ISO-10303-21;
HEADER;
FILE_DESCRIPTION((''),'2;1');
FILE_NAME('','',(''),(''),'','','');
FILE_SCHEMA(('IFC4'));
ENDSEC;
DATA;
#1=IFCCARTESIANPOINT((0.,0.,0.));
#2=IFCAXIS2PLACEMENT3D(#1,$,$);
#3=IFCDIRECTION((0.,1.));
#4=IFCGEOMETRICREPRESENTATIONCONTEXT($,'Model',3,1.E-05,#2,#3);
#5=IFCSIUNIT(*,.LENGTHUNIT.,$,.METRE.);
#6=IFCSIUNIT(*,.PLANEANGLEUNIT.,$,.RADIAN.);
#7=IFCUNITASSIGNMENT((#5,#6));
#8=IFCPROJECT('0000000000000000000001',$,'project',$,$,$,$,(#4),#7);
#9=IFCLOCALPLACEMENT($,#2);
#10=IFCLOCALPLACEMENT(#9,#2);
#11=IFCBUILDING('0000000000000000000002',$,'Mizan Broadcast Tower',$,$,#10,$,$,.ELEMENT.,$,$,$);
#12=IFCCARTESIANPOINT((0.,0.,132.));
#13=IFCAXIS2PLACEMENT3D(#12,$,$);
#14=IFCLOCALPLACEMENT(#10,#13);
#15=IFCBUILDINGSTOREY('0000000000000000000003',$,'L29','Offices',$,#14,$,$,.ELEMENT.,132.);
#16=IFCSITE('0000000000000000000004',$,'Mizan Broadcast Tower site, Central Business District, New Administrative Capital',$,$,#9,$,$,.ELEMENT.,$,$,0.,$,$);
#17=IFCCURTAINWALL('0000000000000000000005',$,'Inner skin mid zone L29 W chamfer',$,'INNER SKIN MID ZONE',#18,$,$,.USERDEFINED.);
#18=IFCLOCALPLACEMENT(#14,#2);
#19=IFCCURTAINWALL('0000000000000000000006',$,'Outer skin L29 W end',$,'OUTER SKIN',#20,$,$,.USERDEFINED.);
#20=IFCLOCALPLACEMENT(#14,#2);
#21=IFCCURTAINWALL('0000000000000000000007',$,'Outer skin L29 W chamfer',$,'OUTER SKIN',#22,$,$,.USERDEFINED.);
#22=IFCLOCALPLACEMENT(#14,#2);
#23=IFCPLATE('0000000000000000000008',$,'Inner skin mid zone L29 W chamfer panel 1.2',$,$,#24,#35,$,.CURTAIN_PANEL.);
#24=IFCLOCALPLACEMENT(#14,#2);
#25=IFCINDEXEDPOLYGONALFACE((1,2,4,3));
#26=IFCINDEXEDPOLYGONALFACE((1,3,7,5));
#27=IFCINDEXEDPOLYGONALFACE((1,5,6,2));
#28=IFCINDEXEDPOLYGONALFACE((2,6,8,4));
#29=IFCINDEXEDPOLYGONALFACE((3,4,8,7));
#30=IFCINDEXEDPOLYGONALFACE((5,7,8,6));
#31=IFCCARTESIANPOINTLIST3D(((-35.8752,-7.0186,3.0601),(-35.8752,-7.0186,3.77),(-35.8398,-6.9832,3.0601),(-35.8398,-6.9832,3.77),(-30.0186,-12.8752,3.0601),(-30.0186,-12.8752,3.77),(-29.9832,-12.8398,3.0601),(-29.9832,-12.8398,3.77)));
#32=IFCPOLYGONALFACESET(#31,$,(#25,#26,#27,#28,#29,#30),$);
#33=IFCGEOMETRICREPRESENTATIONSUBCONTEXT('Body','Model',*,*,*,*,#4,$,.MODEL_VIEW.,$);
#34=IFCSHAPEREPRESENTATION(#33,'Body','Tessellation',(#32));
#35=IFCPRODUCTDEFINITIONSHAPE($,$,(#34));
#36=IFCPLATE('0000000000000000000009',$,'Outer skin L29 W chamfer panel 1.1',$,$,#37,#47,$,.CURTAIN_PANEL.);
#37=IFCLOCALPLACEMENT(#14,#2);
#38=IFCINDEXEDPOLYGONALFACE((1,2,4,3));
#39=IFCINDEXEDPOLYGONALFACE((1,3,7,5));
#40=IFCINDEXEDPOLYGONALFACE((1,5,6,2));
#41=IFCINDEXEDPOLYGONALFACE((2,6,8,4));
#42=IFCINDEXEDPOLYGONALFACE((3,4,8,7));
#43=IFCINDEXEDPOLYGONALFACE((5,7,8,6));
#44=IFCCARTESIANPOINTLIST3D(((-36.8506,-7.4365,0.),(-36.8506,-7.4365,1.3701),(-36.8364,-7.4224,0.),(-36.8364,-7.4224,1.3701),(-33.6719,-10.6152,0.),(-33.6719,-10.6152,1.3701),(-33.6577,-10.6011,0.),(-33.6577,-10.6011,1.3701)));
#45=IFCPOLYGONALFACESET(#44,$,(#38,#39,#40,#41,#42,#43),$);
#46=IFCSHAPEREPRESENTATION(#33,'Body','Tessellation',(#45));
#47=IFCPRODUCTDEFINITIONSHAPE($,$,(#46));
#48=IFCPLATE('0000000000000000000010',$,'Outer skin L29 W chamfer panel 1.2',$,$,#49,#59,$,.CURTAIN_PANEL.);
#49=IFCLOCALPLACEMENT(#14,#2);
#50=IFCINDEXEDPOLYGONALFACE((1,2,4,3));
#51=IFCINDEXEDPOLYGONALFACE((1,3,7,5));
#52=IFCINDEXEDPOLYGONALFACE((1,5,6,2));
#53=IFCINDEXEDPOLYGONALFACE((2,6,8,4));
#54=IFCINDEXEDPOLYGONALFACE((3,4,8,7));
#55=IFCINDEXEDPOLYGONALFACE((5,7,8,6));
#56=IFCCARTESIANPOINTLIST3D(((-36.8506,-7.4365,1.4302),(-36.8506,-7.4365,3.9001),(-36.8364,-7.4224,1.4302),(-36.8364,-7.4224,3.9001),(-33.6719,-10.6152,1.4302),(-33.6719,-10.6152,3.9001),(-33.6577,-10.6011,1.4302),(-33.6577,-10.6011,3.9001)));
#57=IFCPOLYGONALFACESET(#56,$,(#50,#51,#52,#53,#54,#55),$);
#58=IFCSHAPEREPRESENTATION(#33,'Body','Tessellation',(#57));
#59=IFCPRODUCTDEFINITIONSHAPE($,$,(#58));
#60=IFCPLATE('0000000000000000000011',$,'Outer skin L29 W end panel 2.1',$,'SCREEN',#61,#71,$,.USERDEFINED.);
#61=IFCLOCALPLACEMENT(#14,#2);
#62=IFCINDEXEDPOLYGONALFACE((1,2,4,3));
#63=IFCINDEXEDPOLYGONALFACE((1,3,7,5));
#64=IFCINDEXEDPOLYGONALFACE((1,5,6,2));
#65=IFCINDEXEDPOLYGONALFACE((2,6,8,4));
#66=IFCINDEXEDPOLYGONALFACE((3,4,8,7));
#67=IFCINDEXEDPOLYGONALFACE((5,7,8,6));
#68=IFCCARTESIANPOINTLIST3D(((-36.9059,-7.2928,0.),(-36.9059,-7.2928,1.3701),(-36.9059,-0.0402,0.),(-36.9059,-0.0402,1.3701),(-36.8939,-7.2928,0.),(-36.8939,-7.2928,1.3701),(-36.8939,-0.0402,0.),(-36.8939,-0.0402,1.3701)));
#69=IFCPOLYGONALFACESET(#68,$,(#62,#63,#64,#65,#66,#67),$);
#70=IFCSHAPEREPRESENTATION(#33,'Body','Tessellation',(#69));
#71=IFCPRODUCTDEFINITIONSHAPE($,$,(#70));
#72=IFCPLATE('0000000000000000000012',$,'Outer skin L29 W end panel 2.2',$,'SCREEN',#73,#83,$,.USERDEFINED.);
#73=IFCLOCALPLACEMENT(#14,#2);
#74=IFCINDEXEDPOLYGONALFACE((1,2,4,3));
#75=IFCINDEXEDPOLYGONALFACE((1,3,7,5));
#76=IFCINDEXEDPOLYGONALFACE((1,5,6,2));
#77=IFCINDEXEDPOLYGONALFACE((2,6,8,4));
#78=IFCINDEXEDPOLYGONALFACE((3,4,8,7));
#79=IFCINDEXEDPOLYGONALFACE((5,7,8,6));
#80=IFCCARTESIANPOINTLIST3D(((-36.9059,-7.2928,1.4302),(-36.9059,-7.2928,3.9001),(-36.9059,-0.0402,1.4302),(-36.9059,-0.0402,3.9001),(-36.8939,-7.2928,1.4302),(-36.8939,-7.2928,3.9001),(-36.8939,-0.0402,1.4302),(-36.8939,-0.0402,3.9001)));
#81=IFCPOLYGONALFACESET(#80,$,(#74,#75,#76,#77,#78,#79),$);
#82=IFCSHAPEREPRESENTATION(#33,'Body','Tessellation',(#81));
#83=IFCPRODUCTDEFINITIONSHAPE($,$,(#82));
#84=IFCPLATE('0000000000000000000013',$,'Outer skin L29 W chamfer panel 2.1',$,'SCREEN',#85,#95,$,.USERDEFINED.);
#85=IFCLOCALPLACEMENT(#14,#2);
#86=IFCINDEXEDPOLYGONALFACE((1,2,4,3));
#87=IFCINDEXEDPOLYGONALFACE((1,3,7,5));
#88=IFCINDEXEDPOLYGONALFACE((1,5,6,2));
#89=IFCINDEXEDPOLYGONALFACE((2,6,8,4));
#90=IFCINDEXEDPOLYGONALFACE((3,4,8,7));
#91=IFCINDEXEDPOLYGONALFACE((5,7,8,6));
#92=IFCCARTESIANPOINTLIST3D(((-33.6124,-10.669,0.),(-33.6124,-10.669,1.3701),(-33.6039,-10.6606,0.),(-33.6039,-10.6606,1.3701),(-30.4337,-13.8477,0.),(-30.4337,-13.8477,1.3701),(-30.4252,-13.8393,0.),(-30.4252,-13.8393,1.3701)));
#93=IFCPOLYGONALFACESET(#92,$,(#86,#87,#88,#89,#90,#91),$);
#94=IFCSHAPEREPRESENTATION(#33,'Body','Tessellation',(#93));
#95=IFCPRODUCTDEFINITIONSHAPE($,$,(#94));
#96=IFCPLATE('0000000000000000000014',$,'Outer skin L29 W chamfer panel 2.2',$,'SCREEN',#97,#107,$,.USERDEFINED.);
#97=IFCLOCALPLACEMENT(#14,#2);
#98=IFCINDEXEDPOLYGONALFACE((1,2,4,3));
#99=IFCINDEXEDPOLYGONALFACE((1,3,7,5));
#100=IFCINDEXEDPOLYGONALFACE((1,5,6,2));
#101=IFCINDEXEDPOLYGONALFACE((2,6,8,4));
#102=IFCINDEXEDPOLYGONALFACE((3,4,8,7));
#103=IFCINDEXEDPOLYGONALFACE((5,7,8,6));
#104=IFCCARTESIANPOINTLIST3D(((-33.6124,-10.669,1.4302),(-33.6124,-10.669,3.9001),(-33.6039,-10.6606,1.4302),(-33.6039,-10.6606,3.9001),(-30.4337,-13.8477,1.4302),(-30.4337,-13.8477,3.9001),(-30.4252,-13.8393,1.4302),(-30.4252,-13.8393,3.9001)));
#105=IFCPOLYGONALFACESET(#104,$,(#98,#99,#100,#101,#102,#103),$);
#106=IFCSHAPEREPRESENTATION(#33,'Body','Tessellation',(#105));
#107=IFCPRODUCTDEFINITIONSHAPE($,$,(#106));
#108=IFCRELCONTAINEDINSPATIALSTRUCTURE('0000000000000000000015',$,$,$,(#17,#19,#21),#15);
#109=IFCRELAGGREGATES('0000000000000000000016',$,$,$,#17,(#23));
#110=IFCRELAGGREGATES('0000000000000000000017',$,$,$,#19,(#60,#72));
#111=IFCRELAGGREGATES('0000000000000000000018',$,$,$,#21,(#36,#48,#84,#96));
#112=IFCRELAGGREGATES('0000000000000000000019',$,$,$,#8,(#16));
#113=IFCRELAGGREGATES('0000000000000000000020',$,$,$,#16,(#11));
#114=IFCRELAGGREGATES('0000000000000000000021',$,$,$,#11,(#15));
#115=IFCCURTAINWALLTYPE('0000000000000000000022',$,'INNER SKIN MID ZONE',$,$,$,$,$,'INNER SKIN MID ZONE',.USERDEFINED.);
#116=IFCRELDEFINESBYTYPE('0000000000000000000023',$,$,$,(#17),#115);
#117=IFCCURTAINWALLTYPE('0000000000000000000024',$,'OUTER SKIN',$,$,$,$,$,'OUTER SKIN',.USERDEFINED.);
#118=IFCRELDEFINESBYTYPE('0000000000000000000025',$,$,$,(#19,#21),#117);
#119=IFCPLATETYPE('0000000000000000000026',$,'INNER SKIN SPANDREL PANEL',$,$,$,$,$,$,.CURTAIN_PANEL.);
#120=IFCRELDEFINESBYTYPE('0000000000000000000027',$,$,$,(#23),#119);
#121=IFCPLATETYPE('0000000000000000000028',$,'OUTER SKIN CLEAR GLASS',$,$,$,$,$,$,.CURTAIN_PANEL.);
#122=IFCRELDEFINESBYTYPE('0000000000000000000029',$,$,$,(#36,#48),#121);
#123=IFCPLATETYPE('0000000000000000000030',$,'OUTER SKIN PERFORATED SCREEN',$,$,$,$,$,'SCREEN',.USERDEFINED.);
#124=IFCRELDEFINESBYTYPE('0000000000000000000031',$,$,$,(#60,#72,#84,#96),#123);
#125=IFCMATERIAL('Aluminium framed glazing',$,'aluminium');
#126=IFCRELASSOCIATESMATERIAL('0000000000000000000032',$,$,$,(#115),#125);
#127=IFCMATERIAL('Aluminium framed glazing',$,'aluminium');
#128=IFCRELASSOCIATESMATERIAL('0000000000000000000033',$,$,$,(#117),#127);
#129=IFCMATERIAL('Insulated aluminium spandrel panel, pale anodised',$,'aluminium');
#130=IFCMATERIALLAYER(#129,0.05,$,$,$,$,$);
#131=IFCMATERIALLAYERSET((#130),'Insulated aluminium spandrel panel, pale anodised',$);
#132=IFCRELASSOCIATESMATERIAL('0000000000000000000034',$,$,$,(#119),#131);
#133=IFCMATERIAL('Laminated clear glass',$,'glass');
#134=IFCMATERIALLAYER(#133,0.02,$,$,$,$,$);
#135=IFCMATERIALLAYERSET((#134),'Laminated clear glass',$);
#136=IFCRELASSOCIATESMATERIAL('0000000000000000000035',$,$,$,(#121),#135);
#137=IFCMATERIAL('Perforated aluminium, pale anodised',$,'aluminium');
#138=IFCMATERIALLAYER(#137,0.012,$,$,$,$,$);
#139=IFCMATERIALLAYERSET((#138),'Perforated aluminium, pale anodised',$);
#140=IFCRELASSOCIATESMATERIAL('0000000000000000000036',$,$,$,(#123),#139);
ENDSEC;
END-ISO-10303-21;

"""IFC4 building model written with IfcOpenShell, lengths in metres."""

from ifc_helpers import new_model, si_unit, direction, frame, origin, origin_2d, place, context, subcontext, project, spatial, rectangle, extrude, material, layer, layer_set, type_object, element, aggregate, save


model = new_model("IFC4")

# Units and contexts
model_context = context("Model", 3, precision=1e-05, world=origin(), true_north=direction((0.0, 1.0)))
body_context = subcontext(model_context, "Body", "Model", "MODEL_VIEW")
ifc_project = project(units=[si_unit("LENGTHUNIT", "METRE"), si_unit("PLANEANGLEUNIT", "RADIAN")], contexts=[model_context])

# Site, building, storey
site_placement = place(None, origin())
site = spatial("IfcSite", under=ifc_project, at=site_placement, Name="Mizan Broadcast Tower site, Central Business District, New Administrative Capital", CompositionType="ELEMENT", RefElevation=0.0)
building_placement = place(site_placement, origin())
building = spatial("IfcBuilding", under=site, at=building_placement, Name="Mizan Broadcast Tower", CompositionType="ELEMENT")
storey_placement = place(building_placement, frame((0.0, 0.0, 132.0)))
storey = spatial("IfcBuildingStorey", under=building, at=storey_placement, Name="L29", Description="Offices", CompositionType="ELEMENT", Elevation=132.0)

# Shared definitions
ifc_material_1 = material(Name="Aluminium framed glazing", Category="aluminium")
curtain_wall_type_1 = type_object("IfcCurtainWallType", Name="INNER SKIN MID ZONE", ElementType="INNER SKIN MID ZONE", PredefinedType="USERDEFINED", material=ifc_material_1)

# Curtain wall
curtain_wall_1_placement = place(storey_placement, origin())
curtain_wall_1 = element("IfcCurtainWall", 1, at=curtain_wall_1_placement, inside=storey, type_object=curtain_wall_type_1, Name="Inner skin mid zone L29 W chamfer", ObjectType="INNER SKIN MID ZONE", PredefinedType="USERDEFINED")

# Curtain walls
ifc_material_2 = material(Name="Aluminium framed glazing", Category="aluminium")
curtain_wall_type_2 = type_object("IfcCurtainWallType", Name="OUTER SKIN", ElementType="OUTER SKIN", PredefinedType="USERDEFINED", material=ifc_material_2)
curtain_wall_2_placement = place(storey_placement, origin())
curtain_wall_2 = element("IfcCurtainWall", 2, at=curtain_wall_2_placement, inside=storey, type_object=curtain_wall_type_2, Name="Outer skin L29 W end", ObjectType="OUTER SKIN", PredefinedType="USERDEFINED")
curtain_wall_3_placement = place(storey_placement, origin())
curtain_wall_3 = element("IfcCurtainWall", 3, at=curtain_wall_3_placement, inside=storey, type_object=curtain_wall_type_2, Name="Outer skin L29 W chamfer", ObjectType="OUTER SKIN", PredefinedType="USERDEFINED")

# Plates
ifc_material_3 = material(Name="Insulated aluminium spandrel panel, pale anodised", Category="aluminium")
ifc_layer_1 = layer(ifc_material_3, 0.05)
ifc_layer_set_1 = layer_set([ifc_layer_1], Name="Insulated aluminium spandrel panel, pale anodised")
plate_type_1 = type_object("IfcPlateType", Name="INNER SKIN SPANDREL PANEL", PredefinedType="CURTAIN_PANEL", material=ifc_layer_set_1)
plate_1_placement = place(storey_placement, frame((-32.9292, -9.9292, 3.0601), z_axis=(0.0, 0.0, 1.0), x_axis=(0.707107, -0.707107, 0.0)))
plate_1 = element("IfcPlate", 4, at=plate_1_placement, type_object=plate_type_1, Name="Inner skin mid zone L29 W chamfer panel 1.2", PredefinedType="CURTAIN_PANEL", context=body_context, shape_type="SweptSolid", body=[
    extrude(rectangle(XDim=8.2825, YDim=0.05, at=origin_2d()), origin(), (0.0, 0.0, 1.0), 0.71),
])
aggregate(curtain_wall_1, [plate_1])
ifc_material_4 = material(Name="Laminated clear glass", Category="glass")
ifc_layer_2 = layer(ifc_material_4, 0.02)
ifc_layer_set_2 = layer_set([ifc_layer_2], Name="Laminated clear glass")
plate_type_2 = type_object("IfcPlateType", Name="OUTER SKIN CLEAR GLASS", PredefinedType="CURTAIN_PANEL", material=ifc_layer_set_2)
plate_2_placement = place(storey_placement, frame((-35.2542, -9.0188, 0.0), z_axis=(0.0, 0.0, 1.0), x_axis=(0.707107, -0.707107, 0.0)))
plate_2 = element("IfcPlate", 5, at=plate_2_placement, type_object=plate_type_2, Name="Outer skin L29 W chamfer panel 1.1", PredefinedType="CURTAIN_PANEL", context=body_context, shape_type="SweptSolid", body=[
    extrude(rectangle(XDim=4.4954, YDim=0.02, at=origin_2d()), origin(), (0.0, 0.0, 1.0), 1.3701),
])
plate_3_placement = place(storey_placement, frame((-35.2542, -9.0188, 1.4302), z_axis=(0.0, 0.0, 1.0), x_axis=(0.707107, -0.707107, 0.0)))
plate_3 = element("IfcPlate", 6, at=plate_3_placement, type_object=plate_type_2, Name="Outer skin L29 W chamfer panel 1.2", PredefinedType="CURTAIN_PANEL", context=body_context, shape_type="SweptSolid", body=[
    extrude(rectangle(XDim=4.4954, YDim=0.02, at=origin_2d()), origin(), (0.0, 0.0, 1.0), 2.47),
])
ifc_material_5 = material(Name="Perforated aluminium, pale anodised", Category="aluminium")
ifc_layer_3 = layer(ifc_material_5, 0.012)
ifc_layer_set_3 = layer_set([ifc_layer_3], Name="Perforated aluminium, pale anodised")
plate_type_3 = type_object("IfcPlateType", Name="OUTER SKIN PERFORATED SCREEN", ElementType="SCREEN", PredefinedType="USERDEFINED", material=ifc_layer_set_3)
plate_4_placement = place(storey_placement, frame((-36.8999, -3.6665, 0.0), z_axis=(0.0, 0.0, 1.0), x_axis=(0.0, -1.0, 0.0)))
plate_4 = element("IfcPlate", 7, at=plate_4_placement, type_object=plate_type_3, Name="Outer skin L29 W end panel 2.1", ObjectType="SCREEN", PredefinedType="USERDEFINED", context=body_context, shape_type="SweptSolid", body=[
    extrude(rectangle(XDim=7.2527, YDim=0.012, at=origin_2d()), origin(), (0.0, 0.0, 1.0), 1.3701),
])
plate_5_placement = place(storey_placement, frame((-36.8999, -3.6665, 1.4302), z_axis=(0.0, 0.0, 1.0), x_axis=(0.0, -1.0, 0.0)))
plate_5 = element("IfcPlate", 8, at=plate_5_placement, type_object=plate_type_3, Name="Outer skin L29 W end panel 2.2", ObjectType="SCREEN", PredefinedType="USERDEFINED", context=body_context, shape_type="SweptSolid", body=[
    extrude(rectangle(XDim=7.2527, YDim=0.012, at=origin_2d()), origin(), (0.0, 0.0, 1.0), 2.47),
])
aggregate(curtain_wall_2, [plate_4, plate_5])
plate_6_placement = place(storey_placement, frame((-32.0188, -12.2542, 0.0), z_axis=(0.0, 0.0, 1.0), x_axis=(0.707107, -0.707107, 0.0)))
plate_6 = element("IfcPlate", 9, at=plate_6_placement, type_object=plate_type_3, Name="Outer skin L29 W chamfer panel 2.1", ObjectType="SCREEN", PredefinedType="USERDEFINED", context=body_context, shape_type="SweptSolid", body=[
    extrude(rectangle(XDim=4.4954, YDim=0.012, at=origin_2d()), origin(), (0.0, 0.0, 1.0), 1.3701),
])
plate_7_placement = place(storey_placement, frame((-32.0188, -12.2542, 1.4302), z_axis=(0.0, 0.0, 1.0), x_axis=(0.707107, -0.707107, 0.0)))
plate_7 = element("IfcPlate", 10, at=plate_7_placement, type_object=plate_type_3, Name="Outer skin L29 W chamfer panel 2.2", ObjectType="SCREEN", PredefinedType="USERDEFINED", context=body_context, shape_type="SweptSolid", body=[
    extrude(rectangle(XDim=4.4954, YDim=0.012, at=origin_2d()), origin(), (0.0, 0.0, 1.0), 2.47),
])
aggregate(curtain_wall_3, [plate_2, plate_3, plate_6, plate_7])

save(model, "model.ifc")
